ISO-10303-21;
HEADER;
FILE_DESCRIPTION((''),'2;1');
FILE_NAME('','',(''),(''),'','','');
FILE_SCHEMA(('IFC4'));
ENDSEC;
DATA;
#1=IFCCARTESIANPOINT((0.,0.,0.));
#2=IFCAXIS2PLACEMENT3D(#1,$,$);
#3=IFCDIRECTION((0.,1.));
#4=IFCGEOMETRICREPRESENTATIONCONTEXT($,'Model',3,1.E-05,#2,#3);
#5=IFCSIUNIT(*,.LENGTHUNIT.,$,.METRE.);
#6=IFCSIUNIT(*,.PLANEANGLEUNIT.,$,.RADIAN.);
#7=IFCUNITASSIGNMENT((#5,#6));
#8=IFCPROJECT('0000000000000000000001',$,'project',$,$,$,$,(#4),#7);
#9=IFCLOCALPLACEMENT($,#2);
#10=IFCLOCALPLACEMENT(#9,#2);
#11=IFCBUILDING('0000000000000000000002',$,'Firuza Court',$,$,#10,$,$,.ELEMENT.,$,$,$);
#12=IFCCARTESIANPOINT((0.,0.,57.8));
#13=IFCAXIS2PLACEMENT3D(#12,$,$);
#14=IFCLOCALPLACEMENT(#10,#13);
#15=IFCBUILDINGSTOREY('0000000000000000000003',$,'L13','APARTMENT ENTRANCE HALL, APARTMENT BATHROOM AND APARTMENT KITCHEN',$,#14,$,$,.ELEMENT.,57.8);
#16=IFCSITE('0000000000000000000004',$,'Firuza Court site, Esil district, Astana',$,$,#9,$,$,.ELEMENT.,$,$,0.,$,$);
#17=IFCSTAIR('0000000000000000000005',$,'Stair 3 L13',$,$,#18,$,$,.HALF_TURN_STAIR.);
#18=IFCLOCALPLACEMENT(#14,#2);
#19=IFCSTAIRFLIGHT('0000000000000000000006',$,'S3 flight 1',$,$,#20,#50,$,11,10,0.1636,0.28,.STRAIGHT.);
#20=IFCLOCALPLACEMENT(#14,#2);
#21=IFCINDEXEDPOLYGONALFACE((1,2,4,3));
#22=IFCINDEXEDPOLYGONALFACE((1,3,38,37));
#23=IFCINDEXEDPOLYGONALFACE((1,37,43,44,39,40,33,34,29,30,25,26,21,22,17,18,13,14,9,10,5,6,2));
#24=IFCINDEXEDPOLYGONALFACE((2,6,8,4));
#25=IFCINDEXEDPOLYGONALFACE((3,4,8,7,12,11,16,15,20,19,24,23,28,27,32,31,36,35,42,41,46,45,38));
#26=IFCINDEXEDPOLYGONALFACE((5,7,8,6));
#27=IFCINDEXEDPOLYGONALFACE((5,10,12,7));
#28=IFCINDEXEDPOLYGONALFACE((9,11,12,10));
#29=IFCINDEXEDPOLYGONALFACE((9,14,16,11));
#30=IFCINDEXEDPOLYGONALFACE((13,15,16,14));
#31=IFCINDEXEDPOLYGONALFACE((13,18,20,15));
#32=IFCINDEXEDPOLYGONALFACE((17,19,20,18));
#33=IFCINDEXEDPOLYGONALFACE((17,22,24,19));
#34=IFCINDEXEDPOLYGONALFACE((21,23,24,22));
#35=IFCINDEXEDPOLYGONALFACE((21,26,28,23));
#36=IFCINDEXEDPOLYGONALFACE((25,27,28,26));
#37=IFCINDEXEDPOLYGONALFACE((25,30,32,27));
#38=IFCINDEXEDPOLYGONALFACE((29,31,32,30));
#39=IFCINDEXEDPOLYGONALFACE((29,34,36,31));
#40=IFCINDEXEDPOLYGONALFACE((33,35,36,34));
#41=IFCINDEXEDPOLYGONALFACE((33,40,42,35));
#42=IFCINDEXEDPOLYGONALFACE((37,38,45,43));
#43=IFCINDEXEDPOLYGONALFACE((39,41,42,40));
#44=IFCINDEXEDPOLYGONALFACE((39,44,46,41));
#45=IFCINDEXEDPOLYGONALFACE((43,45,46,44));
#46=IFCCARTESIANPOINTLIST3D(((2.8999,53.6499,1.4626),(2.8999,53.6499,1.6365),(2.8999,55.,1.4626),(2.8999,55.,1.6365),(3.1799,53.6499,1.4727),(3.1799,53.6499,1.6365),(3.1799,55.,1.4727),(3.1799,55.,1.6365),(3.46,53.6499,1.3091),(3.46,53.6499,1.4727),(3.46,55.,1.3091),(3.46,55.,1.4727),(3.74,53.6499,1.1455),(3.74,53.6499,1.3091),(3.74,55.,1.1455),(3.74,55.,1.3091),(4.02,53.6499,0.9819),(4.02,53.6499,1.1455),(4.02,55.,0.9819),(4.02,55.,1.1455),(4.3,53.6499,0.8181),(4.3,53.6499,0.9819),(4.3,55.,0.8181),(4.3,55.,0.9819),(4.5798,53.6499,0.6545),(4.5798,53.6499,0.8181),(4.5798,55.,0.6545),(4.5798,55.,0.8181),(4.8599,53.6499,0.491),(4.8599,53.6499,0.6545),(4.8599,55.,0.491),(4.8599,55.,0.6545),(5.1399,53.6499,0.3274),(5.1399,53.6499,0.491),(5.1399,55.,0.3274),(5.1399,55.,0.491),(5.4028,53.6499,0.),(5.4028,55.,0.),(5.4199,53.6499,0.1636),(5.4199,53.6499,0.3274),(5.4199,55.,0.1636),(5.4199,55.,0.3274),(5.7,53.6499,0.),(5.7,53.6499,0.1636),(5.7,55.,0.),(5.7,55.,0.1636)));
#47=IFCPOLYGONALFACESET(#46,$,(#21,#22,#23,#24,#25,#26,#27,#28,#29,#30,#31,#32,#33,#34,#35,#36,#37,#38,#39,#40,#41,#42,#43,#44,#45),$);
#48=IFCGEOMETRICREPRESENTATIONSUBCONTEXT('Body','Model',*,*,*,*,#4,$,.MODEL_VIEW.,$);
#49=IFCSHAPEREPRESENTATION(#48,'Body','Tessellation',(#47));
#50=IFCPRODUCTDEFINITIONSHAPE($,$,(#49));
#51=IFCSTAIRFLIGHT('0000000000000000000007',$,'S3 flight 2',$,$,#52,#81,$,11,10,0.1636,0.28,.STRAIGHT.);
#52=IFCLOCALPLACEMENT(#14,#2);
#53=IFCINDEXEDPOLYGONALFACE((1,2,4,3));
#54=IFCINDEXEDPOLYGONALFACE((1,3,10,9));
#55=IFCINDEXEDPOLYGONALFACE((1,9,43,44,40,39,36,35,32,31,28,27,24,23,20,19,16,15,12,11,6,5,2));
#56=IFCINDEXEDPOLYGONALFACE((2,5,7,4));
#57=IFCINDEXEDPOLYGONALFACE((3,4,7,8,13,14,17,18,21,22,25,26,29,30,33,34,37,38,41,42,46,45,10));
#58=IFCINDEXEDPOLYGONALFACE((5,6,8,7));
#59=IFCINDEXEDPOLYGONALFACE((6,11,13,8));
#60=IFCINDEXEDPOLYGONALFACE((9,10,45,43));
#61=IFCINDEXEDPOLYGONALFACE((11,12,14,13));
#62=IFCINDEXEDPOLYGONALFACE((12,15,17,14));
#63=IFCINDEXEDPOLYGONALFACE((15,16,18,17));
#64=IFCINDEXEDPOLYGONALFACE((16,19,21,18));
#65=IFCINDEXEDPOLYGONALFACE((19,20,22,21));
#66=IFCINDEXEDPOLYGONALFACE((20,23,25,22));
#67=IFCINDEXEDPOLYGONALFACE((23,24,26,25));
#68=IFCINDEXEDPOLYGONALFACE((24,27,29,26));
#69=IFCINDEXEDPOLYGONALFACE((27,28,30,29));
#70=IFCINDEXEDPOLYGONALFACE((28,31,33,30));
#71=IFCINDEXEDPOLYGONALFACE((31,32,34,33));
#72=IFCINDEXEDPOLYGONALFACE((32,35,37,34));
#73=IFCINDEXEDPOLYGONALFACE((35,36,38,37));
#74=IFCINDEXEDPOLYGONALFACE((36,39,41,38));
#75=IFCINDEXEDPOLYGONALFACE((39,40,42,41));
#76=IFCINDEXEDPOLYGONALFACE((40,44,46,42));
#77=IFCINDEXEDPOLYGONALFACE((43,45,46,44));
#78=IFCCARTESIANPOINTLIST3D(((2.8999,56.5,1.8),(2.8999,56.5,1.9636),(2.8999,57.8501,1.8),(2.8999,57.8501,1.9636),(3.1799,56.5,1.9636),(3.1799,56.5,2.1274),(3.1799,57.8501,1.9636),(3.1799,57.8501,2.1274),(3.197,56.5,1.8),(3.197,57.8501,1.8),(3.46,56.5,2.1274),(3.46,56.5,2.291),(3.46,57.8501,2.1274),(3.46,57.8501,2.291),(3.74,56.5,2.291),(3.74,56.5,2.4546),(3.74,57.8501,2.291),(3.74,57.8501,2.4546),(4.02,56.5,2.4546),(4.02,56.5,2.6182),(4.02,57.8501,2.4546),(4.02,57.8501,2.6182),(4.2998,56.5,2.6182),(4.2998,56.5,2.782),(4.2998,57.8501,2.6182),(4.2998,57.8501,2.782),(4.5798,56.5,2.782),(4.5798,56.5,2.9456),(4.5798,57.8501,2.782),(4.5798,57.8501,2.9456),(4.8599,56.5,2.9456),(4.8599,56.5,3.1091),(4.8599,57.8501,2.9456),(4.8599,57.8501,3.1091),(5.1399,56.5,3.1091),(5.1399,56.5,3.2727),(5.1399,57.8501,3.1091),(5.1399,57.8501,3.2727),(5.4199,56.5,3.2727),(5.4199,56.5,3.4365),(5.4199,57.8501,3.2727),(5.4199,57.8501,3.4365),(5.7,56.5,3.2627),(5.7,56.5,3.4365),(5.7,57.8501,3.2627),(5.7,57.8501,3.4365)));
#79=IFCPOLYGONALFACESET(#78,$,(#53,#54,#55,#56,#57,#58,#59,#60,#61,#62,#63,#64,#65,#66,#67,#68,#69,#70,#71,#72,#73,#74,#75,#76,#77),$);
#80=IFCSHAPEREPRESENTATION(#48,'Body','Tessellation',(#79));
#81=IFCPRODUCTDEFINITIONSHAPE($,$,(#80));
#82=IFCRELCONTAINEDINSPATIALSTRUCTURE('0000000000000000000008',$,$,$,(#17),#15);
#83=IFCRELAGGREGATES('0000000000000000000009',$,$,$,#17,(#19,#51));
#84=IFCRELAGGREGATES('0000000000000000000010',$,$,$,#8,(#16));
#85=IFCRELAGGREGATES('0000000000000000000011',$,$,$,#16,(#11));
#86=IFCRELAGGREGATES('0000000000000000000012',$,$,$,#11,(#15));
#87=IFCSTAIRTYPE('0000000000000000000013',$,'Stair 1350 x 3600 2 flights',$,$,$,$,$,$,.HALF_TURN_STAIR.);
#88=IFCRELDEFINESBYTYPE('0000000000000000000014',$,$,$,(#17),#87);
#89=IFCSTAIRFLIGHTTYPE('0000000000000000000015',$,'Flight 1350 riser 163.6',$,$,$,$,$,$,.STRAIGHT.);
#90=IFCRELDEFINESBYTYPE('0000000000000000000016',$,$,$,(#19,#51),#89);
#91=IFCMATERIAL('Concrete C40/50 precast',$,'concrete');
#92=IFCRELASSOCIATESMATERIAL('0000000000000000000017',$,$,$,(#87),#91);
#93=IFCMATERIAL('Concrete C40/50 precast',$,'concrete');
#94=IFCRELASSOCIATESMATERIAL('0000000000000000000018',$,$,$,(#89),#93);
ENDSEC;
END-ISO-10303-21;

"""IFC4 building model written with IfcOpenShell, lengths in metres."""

from ifc_helpers import new_model, si_unit, direction, frame, origin, place, context, subcontext, project, spatial, polyline, outline, extrude, material, type_object, element, aggregate, save


model = new_model("IFC4")

# Units and contexts
model_context = context("Model", 3, precision=1e-05, world=origin(), true_north=direction((0.0, 1.0)))
body_context = subcontext(model_context, "Body", "Model", "MODEL_VIEW")
ifc_project = project(units=[si_unit("LENGTHUNIT", "METRE"), si_unit("PLANEANGLEUNIT", "RADIAN")], contexts=[model_context])

# Site, building, storey
site_placement = place(None, origin())
site = spatial("IfcSite", under=ifc_project, at=site_placement, Name="Firuza Court site, Esil district, Astana", CompositionType="ELEMENT", RefElevation=0.0)
building_placement = place(site_placement, origin())
building = spatial("IfcBuilding", under=site, at=building_placement, Name="Firuza Court", CompositionType="ELEMENT")
storey_placement = place(building_placement, frame((0.0, 0.0, 57.8)))
storey = spatial("IfcBuildingStorey", under=building, at=storey_placement, Name="L13", Description="APARTMENT ENTRANCE HALL, APARTMENT BATHROOM AND APARTMENT KITCHEN", CompositionType="ELEMENT", Elevation=57.8)

# Stair, stair flights
ifc_material_1 = material(Name="Concrete C40/50 precast", Category="concrete")
stair_type = type_object("IfcStairType", Name="Stair 1350 x 3600 2 flights", PredefinedType="HALF_TURN_STAIR", material=ifc_material_1)
stair_placement = place(storey_placement, origin())
stair = element("IfcStair", 1, at=stair_placement, inside=storey, type_object=stair_type, Name="Stair 3 L13", PredefinedType="HALF_TURN_STAIR")
ifc_material_2 = material(Name="Concrete C40/50 precast", Category="concrete")
stair_flight_type = type_object("IfcStairFlightType", Name="Flight 1350 riser 163.6", PredefinedType="STRAIGHT", material=ifc_material_2)
stair_flight_1_placement = place(storey_placement, frame((5.7, 54.325, 0.0), z_axis=(0.0, 0.0, 1.0), x_axis=(-1.0, 0.0, 0.0)))
stair_flight_1 = element("IfcStairFlight", 2, at=stair_flight_1_placement, type_object=stair_flight_type, Name="S3 flight 1", NumberOfRisers=11, NumberOfTreads=10, PredefinedType="STRAIGHT", RiserHeight=0.1636, TreadLength=0.28, context=body_context, shape_type="SweptSolid", body=[
    extrude(outline(polyline([(0.0, 0.0), (0.0, 0.1636), (0.28, 0.1636), (0.28, 0.3274), (0.5601, 0.3274), (0.5601, 0.491), (0.8401, 0.491), (0.8401, 0.6545), (1.1201, 0.6545), (1.1201, 0.8181), (1.3999, 0.8181), (1.3999, 0.9819), (1.6799, 0.9819), (1.6799, 1.1455), (1.96, 1.1455), (1.96, 1.3091), (2.24, 1.3091), (2.24, 1.4727), (2.52, 1.4727), (2.52, 1.6365), (2.8, 1.6365), (2.8, 1.8), (2.8, 1.4626), (0.2971, 0.0), (0.0, 0.0)])), frame((0.0, 0.675, 0.0), z_axis=(0.0, -1.0, 0.0), x_axis=(1.0, 0.0, 0.0)), (0.0, 0.0, 1.0), 1.3501),
])
stair_flight_2_placement = place(storey_placement, frame((2.8999, 57.175, 1.8), z_axis=(0.0, 0.0, 1.0), x_axis=(1.0, 0.0, 0.0)))
stair_flight_2 = element("IfcStairFlight", 3, at=stair_flight_2_placement, type_object=stair_flight_type, Name="S3 flight 2", NumberOfRisers=11, NumberOfTreads=10, PredefinedType="STRAIGHT", RiserHeight=0.1636, TreadLength=0.28, context=body_context, shape_type="SweptSolid", body=[
    extrude(outline(polyline([(0.0, 0.0), (0.0, 0.1636), (0.28, 0.1636), (0.28, 0.3274), (0.5601, 0.3274), (0.5601, 0.491), (0.8401, 0.491), (0.8401, 0.6545), (1.1201, 0.6545), (1.1201, 0.8181), (1.3999, 0.8181), (1.3999, 0.9819), (1.6799, 0.9819), (1.6799, 1.1455), (1.96, 1.1455), (1.96, 1.3091), (2.24, 1.3091), (2.24, 1.4727), (2.52, 1.4727), (2.52, 1.6365), (2.8, 1.6365), (2.8, 1.8), (2.8, 1.4626), (0.2971, 0.0), (0.0, 0.0)])), frame((0.0, 0.675, 0.0), z_axis=(0.0, -1.0, 0.0), x_axis=(1.0, 0.0, 0.0)), (0.0, 0.0, 1.0), 1.3501),
])
aggregate(stair, [stair_flight_1, stair_flight_2])

save(model, "model.ifc")
